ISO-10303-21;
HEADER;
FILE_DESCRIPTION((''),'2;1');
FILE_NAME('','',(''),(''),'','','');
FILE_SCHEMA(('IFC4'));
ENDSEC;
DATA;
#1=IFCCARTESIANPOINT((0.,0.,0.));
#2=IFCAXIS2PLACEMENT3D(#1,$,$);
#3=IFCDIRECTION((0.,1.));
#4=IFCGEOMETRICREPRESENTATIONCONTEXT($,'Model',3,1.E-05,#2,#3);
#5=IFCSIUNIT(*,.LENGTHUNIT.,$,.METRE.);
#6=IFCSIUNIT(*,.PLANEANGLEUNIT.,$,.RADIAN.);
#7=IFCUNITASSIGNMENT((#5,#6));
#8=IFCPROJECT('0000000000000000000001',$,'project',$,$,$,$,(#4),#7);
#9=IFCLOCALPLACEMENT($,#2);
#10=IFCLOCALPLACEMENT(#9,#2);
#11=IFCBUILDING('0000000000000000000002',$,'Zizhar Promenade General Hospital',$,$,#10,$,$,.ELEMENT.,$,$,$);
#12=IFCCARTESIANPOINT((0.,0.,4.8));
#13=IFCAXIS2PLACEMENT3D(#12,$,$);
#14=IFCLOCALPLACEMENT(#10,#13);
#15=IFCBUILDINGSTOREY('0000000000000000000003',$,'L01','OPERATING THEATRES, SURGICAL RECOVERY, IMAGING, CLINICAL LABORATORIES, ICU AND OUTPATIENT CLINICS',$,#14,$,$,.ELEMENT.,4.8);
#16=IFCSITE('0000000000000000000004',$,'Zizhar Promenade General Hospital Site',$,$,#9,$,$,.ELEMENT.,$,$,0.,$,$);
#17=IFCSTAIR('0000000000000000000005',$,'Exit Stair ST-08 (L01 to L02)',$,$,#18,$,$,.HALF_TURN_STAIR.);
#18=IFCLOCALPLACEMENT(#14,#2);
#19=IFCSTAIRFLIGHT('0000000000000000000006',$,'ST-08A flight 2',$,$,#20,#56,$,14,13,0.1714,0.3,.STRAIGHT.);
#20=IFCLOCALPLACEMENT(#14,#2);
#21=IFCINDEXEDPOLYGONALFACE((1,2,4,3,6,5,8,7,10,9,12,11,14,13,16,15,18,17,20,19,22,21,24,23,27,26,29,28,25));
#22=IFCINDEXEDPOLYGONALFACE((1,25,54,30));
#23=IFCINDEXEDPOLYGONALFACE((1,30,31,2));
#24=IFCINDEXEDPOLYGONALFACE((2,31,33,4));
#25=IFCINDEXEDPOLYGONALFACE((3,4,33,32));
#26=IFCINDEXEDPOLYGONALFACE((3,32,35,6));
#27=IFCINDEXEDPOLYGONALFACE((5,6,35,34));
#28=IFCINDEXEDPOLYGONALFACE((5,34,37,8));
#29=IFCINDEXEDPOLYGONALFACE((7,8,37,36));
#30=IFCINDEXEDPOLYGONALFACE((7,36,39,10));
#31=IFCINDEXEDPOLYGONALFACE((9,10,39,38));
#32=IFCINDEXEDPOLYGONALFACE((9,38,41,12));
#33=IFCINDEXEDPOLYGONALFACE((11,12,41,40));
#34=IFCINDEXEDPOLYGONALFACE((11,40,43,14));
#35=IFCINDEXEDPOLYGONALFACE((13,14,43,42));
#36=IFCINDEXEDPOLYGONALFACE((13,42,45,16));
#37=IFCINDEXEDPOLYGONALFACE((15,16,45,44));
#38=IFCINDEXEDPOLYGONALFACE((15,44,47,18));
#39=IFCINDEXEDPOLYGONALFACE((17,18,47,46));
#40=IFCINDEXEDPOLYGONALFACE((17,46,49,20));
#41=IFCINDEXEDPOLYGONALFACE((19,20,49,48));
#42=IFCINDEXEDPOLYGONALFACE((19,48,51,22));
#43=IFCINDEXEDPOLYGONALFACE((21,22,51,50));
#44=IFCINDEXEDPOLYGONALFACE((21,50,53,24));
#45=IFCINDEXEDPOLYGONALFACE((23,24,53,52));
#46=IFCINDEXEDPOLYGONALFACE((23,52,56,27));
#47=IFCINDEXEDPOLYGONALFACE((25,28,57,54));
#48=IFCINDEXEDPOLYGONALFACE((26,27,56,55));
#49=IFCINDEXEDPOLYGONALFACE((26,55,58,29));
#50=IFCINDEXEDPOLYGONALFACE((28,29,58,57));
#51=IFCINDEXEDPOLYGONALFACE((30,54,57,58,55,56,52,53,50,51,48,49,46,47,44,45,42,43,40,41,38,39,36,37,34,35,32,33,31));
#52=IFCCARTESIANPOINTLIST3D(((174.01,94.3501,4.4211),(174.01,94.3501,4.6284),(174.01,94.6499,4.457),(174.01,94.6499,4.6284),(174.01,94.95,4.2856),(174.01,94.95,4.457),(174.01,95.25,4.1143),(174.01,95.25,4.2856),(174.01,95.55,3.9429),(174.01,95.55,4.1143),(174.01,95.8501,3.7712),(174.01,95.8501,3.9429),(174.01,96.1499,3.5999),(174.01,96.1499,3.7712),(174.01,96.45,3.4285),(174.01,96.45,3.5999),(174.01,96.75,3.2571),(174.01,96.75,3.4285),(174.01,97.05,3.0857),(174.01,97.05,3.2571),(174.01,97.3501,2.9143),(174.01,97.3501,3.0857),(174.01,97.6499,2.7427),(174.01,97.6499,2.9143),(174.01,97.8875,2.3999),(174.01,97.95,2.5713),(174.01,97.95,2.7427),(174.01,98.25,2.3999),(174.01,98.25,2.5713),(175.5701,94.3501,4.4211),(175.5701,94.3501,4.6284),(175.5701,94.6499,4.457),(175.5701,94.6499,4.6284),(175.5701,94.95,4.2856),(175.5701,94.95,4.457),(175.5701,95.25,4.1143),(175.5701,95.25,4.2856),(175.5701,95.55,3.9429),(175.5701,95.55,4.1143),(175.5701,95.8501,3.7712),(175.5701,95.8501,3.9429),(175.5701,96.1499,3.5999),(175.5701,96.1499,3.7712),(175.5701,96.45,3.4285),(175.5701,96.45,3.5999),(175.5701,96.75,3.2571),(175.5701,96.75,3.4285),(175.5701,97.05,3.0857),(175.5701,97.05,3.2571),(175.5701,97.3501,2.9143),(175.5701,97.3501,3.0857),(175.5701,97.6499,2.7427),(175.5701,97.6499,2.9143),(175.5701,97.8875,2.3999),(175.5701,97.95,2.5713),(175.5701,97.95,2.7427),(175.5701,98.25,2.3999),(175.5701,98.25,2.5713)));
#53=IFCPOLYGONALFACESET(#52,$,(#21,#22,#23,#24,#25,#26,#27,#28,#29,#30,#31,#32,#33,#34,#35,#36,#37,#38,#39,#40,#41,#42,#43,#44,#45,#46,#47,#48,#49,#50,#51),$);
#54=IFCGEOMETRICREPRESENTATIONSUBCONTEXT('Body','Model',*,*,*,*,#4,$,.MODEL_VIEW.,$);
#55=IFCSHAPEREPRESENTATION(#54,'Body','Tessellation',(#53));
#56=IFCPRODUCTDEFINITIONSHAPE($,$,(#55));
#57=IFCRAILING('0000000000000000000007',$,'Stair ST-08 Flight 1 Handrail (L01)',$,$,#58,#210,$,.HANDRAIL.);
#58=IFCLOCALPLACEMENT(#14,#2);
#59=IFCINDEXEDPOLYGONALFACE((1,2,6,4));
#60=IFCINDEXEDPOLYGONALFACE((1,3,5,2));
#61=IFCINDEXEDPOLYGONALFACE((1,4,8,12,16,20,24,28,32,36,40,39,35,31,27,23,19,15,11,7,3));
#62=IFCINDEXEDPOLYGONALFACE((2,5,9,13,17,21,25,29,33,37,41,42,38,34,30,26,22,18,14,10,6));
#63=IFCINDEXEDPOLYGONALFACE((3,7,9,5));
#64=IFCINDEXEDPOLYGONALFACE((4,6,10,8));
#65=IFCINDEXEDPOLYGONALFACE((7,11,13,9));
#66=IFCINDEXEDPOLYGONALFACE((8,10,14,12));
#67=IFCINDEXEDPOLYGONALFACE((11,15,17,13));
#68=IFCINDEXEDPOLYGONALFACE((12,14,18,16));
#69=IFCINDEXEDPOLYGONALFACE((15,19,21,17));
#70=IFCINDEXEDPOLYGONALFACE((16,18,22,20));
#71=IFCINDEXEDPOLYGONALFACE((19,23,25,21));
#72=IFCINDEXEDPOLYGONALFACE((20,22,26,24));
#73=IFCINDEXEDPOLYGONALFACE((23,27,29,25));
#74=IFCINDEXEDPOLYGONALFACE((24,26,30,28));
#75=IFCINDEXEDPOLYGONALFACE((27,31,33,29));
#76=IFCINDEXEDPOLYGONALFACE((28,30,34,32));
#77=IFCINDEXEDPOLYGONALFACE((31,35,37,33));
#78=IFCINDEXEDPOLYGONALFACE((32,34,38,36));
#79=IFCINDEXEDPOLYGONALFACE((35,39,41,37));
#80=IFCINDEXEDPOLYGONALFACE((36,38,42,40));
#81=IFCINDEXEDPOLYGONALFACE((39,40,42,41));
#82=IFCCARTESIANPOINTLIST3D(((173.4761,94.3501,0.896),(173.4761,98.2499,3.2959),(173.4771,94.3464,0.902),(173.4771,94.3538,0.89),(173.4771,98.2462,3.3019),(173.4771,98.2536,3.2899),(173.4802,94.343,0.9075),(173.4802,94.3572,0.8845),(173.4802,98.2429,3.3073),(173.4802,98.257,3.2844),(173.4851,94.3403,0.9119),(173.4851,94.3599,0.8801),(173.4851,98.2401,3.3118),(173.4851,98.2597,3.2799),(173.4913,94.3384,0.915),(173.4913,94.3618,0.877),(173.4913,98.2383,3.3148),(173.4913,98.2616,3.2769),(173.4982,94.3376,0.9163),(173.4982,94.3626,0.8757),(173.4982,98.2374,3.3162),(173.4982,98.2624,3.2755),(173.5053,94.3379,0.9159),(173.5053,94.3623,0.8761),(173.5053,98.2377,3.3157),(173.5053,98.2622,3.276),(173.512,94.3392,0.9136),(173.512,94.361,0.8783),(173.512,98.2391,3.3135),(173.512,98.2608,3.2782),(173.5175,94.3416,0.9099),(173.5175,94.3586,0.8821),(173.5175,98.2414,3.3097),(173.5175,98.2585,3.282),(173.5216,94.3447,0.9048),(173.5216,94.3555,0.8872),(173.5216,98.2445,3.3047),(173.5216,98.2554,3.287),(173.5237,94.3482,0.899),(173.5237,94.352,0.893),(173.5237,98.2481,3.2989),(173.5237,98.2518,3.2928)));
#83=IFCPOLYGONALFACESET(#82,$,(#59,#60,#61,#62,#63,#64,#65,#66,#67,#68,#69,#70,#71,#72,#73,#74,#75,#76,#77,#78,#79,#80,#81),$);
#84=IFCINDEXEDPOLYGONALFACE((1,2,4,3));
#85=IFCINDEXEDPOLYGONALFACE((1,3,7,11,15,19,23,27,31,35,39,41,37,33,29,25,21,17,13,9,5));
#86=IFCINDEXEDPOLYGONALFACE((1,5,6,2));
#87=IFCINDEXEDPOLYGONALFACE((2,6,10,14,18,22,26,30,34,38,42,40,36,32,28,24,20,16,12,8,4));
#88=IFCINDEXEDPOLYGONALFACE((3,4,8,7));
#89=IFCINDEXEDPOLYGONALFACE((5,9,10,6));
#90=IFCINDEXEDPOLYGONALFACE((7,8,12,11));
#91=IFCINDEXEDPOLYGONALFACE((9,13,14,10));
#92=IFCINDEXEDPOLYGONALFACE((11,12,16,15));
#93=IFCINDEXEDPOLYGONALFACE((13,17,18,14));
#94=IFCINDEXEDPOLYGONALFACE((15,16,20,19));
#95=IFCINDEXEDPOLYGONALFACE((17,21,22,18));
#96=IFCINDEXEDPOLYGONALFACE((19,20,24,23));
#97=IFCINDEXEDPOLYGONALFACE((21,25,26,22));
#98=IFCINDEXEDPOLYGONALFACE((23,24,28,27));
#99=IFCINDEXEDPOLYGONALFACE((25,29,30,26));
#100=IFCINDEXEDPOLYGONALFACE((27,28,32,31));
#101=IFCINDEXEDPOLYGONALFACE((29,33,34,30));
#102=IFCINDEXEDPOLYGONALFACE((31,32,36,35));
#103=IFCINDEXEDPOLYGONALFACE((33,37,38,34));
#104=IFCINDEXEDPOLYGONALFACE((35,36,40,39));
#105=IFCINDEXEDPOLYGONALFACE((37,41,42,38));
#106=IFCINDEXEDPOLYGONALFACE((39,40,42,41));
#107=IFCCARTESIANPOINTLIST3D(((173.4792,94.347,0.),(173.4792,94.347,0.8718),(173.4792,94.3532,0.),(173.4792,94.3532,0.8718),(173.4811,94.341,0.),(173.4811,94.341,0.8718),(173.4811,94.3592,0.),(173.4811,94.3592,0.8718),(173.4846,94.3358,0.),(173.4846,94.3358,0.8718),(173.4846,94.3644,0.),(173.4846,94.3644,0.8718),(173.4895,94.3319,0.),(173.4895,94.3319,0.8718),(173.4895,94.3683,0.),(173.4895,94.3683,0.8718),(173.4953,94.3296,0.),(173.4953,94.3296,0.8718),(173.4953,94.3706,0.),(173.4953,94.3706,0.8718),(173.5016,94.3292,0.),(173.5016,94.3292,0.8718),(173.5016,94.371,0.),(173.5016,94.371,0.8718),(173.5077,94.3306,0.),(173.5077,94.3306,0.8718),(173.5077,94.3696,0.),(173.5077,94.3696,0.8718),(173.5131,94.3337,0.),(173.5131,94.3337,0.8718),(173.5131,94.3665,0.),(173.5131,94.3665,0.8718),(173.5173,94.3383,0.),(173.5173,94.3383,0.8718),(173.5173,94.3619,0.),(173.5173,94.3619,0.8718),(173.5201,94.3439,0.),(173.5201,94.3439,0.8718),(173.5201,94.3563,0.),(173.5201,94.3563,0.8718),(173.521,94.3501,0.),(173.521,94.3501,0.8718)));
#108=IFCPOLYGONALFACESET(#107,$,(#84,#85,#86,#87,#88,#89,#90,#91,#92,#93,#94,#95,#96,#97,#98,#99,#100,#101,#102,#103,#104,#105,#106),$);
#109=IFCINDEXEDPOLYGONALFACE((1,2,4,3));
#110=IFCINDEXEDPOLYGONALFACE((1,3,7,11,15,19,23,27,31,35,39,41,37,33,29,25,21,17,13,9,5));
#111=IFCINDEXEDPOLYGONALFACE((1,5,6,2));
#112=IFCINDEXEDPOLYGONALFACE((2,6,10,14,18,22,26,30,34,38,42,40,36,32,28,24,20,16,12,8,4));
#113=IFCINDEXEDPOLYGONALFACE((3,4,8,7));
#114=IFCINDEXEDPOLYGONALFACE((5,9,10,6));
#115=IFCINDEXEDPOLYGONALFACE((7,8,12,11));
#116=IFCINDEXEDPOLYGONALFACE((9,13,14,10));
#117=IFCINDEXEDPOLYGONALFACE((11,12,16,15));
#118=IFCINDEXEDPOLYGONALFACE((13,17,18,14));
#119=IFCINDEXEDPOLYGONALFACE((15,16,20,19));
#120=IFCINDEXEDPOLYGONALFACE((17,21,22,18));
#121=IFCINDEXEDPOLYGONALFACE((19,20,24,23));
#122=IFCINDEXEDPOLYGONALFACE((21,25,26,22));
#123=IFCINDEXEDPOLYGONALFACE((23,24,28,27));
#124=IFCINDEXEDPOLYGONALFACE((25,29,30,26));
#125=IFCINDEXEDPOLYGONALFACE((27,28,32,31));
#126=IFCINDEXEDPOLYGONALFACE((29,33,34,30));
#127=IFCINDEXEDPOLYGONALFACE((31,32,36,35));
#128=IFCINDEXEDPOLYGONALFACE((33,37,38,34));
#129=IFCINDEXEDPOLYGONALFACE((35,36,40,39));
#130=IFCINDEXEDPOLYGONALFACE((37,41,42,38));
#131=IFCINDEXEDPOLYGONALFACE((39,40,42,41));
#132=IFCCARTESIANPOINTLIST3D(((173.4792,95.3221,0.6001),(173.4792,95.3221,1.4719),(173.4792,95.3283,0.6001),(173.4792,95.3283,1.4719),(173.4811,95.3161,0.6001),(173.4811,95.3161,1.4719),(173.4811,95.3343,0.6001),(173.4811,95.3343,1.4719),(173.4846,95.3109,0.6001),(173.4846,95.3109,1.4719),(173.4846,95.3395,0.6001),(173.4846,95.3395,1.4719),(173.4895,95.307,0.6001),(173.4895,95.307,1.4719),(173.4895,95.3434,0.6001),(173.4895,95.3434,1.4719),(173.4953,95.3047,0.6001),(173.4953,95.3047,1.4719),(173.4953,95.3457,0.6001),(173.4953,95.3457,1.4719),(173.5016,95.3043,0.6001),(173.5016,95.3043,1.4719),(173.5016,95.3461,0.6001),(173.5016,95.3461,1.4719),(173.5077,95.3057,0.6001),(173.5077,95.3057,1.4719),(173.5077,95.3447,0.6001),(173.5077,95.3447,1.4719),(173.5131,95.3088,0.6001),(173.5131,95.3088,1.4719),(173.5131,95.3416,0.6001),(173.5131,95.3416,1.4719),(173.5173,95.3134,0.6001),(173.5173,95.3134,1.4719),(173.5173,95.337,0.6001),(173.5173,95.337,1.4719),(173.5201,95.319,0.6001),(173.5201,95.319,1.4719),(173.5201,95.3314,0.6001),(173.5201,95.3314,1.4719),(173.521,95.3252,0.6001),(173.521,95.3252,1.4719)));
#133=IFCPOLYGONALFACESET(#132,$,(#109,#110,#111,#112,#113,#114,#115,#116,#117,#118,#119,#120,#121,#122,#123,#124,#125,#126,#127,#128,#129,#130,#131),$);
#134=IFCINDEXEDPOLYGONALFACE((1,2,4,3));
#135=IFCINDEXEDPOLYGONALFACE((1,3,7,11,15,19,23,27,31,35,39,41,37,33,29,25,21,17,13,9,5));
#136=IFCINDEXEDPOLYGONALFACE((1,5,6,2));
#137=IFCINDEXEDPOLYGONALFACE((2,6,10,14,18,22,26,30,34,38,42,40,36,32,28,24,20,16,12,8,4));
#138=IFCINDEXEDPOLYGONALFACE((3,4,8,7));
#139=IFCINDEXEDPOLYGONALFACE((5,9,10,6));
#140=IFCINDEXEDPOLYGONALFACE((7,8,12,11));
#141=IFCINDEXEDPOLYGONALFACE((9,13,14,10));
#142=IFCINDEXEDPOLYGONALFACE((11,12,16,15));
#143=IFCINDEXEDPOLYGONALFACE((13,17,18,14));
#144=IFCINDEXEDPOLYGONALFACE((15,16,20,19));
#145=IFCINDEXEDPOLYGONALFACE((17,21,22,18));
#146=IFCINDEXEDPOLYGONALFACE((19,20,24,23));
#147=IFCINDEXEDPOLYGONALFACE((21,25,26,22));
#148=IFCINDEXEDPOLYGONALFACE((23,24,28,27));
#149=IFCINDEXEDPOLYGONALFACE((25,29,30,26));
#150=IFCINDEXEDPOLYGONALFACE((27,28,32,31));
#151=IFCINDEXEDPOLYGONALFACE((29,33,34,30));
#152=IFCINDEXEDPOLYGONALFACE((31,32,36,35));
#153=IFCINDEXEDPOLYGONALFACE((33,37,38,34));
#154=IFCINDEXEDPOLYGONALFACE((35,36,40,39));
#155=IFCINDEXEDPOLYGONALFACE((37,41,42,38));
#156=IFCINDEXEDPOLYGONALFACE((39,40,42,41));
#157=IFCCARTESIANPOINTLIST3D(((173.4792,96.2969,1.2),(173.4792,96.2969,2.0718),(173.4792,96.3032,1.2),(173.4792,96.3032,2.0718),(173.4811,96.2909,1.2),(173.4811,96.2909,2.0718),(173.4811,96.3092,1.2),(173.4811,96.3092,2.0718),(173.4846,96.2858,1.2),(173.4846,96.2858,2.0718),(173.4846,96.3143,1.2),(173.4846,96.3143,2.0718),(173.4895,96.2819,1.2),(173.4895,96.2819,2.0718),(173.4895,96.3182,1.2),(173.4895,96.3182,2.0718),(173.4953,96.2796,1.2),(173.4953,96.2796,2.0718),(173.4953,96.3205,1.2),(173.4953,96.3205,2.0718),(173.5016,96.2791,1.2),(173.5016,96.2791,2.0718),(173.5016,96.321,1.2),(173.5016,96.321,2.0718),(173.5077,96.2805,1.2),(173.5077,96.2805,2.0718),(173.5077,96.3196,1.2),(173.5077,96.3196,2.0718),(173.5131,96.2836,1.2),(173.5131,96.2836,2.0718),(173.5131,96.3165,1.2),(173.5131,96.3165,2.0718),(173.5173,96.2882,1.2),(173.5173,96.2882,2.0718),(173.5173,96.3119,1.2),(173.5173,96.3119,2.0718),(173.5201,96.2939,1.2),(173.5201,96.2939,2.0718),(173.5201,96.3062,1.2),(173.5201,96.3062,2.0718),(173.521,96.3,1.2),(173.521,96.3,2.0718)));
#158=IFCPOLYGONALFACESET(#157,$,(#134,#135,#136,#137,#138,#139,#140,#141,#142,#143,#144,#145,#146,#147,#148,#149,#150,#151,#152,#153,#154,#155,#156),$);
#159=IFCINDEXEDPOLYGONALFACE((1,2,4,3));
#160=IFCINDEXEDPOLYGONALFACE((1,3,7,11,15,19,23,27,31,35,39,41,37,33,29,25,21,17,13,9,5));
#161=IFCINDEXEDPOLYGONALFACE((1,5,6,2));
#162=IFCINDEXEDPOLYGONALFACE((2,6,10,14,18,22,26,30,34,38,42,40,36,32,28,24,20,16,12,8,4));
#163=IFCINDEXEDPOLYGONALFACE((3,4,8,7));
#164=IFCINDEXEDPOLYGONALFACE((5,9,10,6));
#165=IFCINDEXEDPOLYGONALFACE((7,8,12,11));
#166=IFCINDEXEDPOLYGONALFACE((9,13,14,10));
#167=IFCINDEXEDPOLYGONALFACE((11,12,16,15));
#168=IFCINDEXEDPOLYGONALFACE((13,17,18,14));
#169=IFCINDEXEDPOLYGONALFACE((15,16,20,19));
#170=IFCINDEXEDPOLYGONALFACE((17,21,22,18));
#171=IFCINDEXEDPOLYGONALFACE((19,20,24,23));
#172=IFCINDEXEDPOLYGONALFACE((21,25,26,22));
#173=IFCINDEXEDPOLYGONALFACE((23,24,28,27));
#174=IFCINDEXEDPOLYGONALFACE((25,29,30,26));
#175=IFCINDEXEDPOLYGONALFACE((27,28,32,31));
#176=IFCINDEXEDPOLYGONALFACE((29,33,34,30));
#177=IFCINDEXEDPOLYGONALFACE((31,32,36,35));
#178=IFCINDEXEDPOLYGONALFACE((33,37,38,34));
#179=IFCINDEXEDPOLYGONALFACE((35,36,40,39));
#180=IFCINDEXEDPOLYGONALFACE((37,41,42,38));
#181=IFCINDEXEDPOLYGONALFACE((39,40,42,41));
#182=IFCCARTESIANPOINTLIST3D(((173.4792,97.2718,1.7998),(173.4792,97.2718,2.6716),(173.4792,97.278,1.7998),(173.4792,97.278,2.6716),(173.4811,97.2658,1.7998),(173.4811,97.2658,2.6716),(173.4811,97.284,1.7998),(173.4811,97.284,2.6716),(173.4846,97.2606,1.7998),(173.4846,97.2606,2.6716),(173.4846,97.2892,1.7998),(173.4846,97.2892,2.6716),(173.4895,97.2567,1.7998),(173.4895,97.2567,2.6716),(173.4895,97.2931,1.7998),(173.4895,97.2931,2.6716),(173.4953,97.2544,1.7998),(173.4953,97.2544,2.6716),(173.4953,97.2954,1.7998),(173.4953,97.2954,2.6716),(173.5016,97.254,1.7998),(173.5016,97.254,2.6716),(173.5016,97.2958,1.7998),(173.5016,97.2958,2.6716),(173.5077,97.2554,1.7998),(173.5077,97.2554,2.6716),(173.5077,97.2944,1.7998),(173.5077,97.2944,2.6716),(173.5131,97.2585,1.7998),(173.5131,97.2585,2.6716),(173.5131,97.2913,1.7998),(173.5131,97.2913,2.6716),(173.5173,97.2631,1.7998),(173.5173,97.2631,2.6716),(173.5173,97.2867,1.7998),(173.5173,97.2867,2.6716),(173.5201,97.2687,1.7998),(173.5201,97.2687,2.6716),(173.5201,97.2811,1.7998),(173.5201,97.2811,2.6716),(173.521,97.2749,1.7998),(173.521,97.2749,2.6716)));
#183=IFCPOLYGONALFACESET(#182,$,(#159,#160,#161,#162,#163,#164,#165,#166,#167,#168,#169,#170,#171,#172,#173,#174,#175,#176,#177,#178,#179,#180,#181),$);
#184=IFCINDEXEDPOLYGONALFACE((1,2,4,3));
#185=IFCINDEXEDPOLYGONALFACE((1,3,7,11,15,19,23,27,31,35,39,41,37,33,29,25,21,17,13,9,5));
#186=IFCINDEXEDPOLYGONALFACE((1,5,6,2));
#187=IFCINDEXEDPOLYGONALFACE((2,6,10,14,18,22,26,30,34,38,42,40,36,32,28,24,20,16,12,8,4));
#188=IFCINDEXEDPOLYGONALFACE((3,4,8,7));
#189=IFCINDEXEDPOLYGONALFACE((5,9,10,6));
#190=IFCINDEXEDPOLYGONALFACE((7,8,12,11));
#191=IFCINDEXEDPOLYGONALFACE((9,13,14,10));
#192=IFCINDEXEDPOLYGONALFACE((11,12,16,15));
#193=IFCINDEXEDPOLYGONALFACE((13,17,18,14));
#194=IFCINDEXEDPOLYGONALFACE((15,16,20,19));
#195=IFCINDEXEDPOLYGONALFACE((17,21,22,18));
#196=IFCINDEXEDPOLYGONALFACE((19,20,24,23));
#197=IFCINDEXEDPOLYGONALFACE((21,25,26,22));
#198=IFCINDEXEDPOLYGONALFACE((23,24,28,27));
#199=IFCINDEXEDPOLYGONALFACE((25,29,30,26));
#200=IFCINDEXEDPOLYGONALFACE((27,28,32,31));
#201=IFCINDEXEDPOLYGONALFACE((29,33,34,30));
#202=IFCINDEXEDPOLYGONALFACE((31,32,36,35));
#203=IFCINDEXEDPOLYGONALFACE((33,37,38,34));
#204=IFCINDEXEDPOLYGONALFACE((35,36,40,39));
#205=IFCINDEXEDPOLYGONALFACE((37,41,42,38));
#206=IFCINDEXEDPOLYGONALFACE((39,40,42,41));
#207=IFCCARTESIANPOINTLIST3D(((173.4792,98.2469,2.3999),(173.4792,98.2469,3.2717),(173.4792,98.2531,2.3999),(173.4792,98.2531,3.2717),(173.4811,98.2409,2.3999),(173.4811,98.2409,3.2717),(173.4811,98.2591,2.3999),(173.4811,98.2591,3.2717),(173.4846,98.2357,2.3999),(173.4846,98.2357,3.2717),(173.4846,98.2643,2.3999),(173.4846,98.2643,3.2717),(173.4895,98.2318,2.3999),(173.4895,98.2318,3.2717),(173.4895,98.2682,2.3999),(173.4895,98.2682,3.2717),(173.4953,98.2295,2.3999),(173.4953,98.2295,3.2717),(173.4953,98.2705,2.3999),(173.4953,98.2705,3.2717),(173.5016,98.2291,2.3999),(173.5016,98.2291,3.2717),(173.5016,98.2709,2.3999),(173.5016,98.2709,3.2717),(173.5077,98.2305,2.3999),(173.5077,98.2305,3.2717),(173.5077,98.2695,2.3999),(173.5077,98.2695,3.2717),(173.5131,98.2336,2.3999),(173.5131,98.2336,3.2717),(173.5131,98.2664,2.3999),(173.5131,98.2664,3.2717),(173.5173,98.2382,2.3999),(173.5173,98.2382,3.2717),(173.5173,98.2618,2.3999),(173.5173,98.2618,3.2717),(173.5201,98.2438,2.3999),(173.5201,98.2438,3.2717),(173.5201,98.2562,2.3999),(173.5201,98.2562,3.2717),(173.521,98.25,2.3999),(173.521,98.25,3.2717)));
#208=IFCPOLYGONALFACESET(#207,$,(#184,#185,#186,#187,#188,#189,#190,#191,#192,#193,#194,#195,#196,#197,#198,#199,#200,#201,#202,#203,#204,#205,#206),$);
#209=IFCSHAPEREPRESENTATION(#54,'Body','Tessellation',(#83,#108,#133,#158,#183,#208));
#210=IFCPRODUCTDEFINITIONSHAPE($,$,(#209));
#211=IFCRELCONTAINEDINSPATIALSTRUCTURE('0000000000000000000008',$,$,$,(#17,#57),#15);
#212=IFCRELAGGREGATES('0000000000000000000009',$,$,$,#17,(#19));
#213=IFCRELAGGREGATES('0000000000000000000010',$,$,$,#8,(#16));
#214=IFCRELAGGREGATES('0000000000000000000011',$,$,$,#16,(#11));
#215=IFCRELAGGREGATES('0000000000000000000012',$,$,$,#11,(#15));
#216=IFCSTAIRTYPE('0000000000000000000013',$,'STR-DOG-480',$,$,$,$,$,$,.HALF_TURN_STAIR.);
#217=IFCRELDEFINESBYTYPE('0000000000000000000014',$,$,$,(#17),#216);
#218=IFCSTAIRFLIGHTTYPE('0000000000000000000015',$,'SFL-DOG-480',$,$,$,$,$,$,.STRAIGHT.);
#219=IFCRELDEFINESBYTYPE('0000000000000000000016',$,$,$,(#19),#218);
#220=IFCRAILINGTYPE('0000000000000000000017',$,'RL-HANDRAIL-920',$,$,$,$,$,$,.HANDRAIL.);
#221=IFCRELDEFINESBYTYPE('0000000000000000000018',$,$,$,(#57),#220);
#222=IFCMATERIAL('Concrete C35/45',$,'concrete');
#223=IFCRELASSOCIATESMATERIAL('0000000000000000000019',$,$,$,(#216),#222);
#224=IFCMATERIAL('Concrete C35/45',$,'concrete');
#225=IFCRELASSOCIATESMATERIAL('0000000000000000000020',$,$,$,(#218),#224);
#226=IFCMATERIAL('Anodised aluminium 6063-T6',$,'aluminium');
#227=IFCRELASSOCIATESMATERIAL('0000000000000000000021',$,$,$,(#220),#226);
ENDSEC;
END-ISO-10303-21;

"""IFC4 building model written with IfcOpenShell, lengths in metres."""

from ifc_helpers import new_model, si_unit, direction, frame, origin, origin_2d, place, context, subcontext, project, spatial, polyline, circle, hollow_circle, outline, extrude, material, material_profile, profile_set, type_object, element, aggregate, save


model = new_model("IFC4")

# Units and contexts
model_context = context("Model", 3, precision=1e-05, world=origin(), true_north=direction((0.0, 1.0)))
body_context = subcontext(model_context, "Body", "Model", "MODEL_VIEW")
ifc_project = project(units=[si_unit("LENGTHUNIT", "METRE"), si_unit("PLANEANGLEUNIT", "RADIAN")], contexts=[model_context])

# Site, building, storey
site_placement = place(None, origin())
site = spatial("IfcSite", under=ifc_project, at=site_placement, Name="Zizhar Promenade General Hospital Site", CompositionType="ELEMENT", RefElevation=0.0)
building_placement = place(site_placement, origin())
building = spatial("IfcBuilding", under=site, at=building_placement, Name="Zizhar Promenade General Hospital", CompositionType="ELEMENT")
storey_placement = place(building_placement, frame((0.0, 0.0, 4.8)))
storey = spatial("IfcBuildingStorey", under=building, at=storey_placement, Name="L01", Description="OPERATING THEATRES, SURGICAL RECOVERY, IMAGING, CLINICAL LABORATORIES, ICU AND OUTPATIENT CLINICS", CompositionType="ELEMENT", Elevation=4.8)

# Stair, stair flight
ifc_material_1 = material(Name="Concrete C35/45", Category="concrete")
stair_type = type_object("IfcStairType", Name="STR-DOG-480", PredefinedType="HALF_TURN_STAIR", material=ifc_material_1)
stair_placement = place(storey_placement, origin())
stair = element("IfcStair", 1, at=stair_placement, inside=storey, type_object=stair_type, Name="Exit Stair ST-08 (L01 to L02)", PredefinedType="HALF_TURN_STAIR")
ifc_material_2 = material(Name="Concrete C35/45", Category="concrete")
stair_flight_type = type_object("IfcStairFlightType", Name="SFL-DOG-480", PredefinedType="STRAIGHT", material=ifc_material_2)
stair_flight_1_placement = place(storey_placement, frame((174.79, 98.25, 2.3999), z_axis=(0.0, 0.0, 1.0), x_axis=(0.0, -1.0, 0.0)))
stair_flight_1 = element("IfcStairFlight", 2, at=stair_flight_1_placement, type_object=stair_flight_type, Name="ST-08A flight 2", NumberOfRisers=14, NumberOfTreads=13, PredefinedType="STRAIGHT", RiserHeight=0.1714, TreadLength=0.3, context=body_context, shape_type="SweptSolid", body=[
    extrude(outline(polyline([(0.0, 0.0), (0.0, 0.1714), (0.3, 0.1714), (0.3, 0.3428), (0.6001, 0.3428), (0.6001, 0.5144), (0.8999, 0.5144), (0.8999, 0.6858), (1.2, 0.6858), (1.2, 0.8572), (1.5, 0.8572), (1.5, 1.0286), (1.8, 1.0286), (1.8, 1.2), (2.1001, 1.2), (2.1001, 1.3713), (2.3999, 1.3713), (2.3999, 1.543), (2.7, 1.543), (2.7, 1.7144), (3.0, 1.7144), (3.0, 1.8857), (3.3, 1.8857), (3.3, 2.0571), (3.6001, 2.0571), (3.6001, 2.2285), (3.8999, 2.2285), (3.8999, 2.3999), (3.8999, 2.0212), (0.3625, 0.0), (0.0, 0.0)])), frame((0.0, 0.78, 0.0), z_axis=(0.0, -1.0, 0.0), x_axis=(1.0, 0.0, 0.0)), (0.0, 0.0, 1.0), 1.5601),
])
aggregate(stair, [stair_flight_1])

# Railing
ifc_material_3 = material(Name="Anodised aluminium 6063-T6", Category="aluminium")
ifc_material_profile_1 = material_profile(ifc_material_3, hollow_circle(Radius=0.0698, WallThickness=0.0063, at=origin_2d()))
ifc_profile_set_1 = profile_set([ifc_material_profile_1], Name="Anodised aluminium 6063-T6")
railing_type_1 = type_object("IfcRailingType", Name="RL-HANDRAIL-920", PredefinedType="HANDRAIL", material=ifc_profile_set_1)
railing_1_placement = place(storey_placement, frame((173.5, 94.3501, 0.0)))
element("IfcRailing", 3, at=railing_1_placement, inside=storey, type_object=railing_type_1, Name="Stair ST-08 Flight 1 Handrail (L01)", PredefinedType="HANDRAIL", context=body_context, shape_type="SweptSolid", body=[
    extrude(circle(Radius=0.0239, at=origin_2d()), frame((0.0, 0.0, 0.896), z_axis=(0.0, 0.851662, 0.524091), x_axis=(-1.0, 0.0, 0.0)), (0.0, 0.0, 1.0), 4.5791),
    extrude(circle(Radius=0.021, at=origin_2d()), origin(), (0.0, 0.0, 1.0), 0.8718),
    extrude(circle(Radius=0.021, at=origin_2d()), frame((0.0, 0.9751, 0.6001)), (0.0, 0.0, 1.0), 0.8718),
    extrude(circle(Radius=0.021, at=origin_2d()), frame((0.0, 1.95, 1.2)), (0.0, 0.0, 1.0), 0.8718),
    extrude(circle(Radius=0.021, at=origin_2d()), frame((0.0, 2.9248, 1.7998)), (0.0, 0.0, 1.0), 0.8718),
    extrude(circle(Radius=0.021, at=origin_2d()), frame((0.0, 3.8999, 2.3999)), (0.0, 0.0, 1.0), 0.8718),
])

save(model, "model.ifc")
